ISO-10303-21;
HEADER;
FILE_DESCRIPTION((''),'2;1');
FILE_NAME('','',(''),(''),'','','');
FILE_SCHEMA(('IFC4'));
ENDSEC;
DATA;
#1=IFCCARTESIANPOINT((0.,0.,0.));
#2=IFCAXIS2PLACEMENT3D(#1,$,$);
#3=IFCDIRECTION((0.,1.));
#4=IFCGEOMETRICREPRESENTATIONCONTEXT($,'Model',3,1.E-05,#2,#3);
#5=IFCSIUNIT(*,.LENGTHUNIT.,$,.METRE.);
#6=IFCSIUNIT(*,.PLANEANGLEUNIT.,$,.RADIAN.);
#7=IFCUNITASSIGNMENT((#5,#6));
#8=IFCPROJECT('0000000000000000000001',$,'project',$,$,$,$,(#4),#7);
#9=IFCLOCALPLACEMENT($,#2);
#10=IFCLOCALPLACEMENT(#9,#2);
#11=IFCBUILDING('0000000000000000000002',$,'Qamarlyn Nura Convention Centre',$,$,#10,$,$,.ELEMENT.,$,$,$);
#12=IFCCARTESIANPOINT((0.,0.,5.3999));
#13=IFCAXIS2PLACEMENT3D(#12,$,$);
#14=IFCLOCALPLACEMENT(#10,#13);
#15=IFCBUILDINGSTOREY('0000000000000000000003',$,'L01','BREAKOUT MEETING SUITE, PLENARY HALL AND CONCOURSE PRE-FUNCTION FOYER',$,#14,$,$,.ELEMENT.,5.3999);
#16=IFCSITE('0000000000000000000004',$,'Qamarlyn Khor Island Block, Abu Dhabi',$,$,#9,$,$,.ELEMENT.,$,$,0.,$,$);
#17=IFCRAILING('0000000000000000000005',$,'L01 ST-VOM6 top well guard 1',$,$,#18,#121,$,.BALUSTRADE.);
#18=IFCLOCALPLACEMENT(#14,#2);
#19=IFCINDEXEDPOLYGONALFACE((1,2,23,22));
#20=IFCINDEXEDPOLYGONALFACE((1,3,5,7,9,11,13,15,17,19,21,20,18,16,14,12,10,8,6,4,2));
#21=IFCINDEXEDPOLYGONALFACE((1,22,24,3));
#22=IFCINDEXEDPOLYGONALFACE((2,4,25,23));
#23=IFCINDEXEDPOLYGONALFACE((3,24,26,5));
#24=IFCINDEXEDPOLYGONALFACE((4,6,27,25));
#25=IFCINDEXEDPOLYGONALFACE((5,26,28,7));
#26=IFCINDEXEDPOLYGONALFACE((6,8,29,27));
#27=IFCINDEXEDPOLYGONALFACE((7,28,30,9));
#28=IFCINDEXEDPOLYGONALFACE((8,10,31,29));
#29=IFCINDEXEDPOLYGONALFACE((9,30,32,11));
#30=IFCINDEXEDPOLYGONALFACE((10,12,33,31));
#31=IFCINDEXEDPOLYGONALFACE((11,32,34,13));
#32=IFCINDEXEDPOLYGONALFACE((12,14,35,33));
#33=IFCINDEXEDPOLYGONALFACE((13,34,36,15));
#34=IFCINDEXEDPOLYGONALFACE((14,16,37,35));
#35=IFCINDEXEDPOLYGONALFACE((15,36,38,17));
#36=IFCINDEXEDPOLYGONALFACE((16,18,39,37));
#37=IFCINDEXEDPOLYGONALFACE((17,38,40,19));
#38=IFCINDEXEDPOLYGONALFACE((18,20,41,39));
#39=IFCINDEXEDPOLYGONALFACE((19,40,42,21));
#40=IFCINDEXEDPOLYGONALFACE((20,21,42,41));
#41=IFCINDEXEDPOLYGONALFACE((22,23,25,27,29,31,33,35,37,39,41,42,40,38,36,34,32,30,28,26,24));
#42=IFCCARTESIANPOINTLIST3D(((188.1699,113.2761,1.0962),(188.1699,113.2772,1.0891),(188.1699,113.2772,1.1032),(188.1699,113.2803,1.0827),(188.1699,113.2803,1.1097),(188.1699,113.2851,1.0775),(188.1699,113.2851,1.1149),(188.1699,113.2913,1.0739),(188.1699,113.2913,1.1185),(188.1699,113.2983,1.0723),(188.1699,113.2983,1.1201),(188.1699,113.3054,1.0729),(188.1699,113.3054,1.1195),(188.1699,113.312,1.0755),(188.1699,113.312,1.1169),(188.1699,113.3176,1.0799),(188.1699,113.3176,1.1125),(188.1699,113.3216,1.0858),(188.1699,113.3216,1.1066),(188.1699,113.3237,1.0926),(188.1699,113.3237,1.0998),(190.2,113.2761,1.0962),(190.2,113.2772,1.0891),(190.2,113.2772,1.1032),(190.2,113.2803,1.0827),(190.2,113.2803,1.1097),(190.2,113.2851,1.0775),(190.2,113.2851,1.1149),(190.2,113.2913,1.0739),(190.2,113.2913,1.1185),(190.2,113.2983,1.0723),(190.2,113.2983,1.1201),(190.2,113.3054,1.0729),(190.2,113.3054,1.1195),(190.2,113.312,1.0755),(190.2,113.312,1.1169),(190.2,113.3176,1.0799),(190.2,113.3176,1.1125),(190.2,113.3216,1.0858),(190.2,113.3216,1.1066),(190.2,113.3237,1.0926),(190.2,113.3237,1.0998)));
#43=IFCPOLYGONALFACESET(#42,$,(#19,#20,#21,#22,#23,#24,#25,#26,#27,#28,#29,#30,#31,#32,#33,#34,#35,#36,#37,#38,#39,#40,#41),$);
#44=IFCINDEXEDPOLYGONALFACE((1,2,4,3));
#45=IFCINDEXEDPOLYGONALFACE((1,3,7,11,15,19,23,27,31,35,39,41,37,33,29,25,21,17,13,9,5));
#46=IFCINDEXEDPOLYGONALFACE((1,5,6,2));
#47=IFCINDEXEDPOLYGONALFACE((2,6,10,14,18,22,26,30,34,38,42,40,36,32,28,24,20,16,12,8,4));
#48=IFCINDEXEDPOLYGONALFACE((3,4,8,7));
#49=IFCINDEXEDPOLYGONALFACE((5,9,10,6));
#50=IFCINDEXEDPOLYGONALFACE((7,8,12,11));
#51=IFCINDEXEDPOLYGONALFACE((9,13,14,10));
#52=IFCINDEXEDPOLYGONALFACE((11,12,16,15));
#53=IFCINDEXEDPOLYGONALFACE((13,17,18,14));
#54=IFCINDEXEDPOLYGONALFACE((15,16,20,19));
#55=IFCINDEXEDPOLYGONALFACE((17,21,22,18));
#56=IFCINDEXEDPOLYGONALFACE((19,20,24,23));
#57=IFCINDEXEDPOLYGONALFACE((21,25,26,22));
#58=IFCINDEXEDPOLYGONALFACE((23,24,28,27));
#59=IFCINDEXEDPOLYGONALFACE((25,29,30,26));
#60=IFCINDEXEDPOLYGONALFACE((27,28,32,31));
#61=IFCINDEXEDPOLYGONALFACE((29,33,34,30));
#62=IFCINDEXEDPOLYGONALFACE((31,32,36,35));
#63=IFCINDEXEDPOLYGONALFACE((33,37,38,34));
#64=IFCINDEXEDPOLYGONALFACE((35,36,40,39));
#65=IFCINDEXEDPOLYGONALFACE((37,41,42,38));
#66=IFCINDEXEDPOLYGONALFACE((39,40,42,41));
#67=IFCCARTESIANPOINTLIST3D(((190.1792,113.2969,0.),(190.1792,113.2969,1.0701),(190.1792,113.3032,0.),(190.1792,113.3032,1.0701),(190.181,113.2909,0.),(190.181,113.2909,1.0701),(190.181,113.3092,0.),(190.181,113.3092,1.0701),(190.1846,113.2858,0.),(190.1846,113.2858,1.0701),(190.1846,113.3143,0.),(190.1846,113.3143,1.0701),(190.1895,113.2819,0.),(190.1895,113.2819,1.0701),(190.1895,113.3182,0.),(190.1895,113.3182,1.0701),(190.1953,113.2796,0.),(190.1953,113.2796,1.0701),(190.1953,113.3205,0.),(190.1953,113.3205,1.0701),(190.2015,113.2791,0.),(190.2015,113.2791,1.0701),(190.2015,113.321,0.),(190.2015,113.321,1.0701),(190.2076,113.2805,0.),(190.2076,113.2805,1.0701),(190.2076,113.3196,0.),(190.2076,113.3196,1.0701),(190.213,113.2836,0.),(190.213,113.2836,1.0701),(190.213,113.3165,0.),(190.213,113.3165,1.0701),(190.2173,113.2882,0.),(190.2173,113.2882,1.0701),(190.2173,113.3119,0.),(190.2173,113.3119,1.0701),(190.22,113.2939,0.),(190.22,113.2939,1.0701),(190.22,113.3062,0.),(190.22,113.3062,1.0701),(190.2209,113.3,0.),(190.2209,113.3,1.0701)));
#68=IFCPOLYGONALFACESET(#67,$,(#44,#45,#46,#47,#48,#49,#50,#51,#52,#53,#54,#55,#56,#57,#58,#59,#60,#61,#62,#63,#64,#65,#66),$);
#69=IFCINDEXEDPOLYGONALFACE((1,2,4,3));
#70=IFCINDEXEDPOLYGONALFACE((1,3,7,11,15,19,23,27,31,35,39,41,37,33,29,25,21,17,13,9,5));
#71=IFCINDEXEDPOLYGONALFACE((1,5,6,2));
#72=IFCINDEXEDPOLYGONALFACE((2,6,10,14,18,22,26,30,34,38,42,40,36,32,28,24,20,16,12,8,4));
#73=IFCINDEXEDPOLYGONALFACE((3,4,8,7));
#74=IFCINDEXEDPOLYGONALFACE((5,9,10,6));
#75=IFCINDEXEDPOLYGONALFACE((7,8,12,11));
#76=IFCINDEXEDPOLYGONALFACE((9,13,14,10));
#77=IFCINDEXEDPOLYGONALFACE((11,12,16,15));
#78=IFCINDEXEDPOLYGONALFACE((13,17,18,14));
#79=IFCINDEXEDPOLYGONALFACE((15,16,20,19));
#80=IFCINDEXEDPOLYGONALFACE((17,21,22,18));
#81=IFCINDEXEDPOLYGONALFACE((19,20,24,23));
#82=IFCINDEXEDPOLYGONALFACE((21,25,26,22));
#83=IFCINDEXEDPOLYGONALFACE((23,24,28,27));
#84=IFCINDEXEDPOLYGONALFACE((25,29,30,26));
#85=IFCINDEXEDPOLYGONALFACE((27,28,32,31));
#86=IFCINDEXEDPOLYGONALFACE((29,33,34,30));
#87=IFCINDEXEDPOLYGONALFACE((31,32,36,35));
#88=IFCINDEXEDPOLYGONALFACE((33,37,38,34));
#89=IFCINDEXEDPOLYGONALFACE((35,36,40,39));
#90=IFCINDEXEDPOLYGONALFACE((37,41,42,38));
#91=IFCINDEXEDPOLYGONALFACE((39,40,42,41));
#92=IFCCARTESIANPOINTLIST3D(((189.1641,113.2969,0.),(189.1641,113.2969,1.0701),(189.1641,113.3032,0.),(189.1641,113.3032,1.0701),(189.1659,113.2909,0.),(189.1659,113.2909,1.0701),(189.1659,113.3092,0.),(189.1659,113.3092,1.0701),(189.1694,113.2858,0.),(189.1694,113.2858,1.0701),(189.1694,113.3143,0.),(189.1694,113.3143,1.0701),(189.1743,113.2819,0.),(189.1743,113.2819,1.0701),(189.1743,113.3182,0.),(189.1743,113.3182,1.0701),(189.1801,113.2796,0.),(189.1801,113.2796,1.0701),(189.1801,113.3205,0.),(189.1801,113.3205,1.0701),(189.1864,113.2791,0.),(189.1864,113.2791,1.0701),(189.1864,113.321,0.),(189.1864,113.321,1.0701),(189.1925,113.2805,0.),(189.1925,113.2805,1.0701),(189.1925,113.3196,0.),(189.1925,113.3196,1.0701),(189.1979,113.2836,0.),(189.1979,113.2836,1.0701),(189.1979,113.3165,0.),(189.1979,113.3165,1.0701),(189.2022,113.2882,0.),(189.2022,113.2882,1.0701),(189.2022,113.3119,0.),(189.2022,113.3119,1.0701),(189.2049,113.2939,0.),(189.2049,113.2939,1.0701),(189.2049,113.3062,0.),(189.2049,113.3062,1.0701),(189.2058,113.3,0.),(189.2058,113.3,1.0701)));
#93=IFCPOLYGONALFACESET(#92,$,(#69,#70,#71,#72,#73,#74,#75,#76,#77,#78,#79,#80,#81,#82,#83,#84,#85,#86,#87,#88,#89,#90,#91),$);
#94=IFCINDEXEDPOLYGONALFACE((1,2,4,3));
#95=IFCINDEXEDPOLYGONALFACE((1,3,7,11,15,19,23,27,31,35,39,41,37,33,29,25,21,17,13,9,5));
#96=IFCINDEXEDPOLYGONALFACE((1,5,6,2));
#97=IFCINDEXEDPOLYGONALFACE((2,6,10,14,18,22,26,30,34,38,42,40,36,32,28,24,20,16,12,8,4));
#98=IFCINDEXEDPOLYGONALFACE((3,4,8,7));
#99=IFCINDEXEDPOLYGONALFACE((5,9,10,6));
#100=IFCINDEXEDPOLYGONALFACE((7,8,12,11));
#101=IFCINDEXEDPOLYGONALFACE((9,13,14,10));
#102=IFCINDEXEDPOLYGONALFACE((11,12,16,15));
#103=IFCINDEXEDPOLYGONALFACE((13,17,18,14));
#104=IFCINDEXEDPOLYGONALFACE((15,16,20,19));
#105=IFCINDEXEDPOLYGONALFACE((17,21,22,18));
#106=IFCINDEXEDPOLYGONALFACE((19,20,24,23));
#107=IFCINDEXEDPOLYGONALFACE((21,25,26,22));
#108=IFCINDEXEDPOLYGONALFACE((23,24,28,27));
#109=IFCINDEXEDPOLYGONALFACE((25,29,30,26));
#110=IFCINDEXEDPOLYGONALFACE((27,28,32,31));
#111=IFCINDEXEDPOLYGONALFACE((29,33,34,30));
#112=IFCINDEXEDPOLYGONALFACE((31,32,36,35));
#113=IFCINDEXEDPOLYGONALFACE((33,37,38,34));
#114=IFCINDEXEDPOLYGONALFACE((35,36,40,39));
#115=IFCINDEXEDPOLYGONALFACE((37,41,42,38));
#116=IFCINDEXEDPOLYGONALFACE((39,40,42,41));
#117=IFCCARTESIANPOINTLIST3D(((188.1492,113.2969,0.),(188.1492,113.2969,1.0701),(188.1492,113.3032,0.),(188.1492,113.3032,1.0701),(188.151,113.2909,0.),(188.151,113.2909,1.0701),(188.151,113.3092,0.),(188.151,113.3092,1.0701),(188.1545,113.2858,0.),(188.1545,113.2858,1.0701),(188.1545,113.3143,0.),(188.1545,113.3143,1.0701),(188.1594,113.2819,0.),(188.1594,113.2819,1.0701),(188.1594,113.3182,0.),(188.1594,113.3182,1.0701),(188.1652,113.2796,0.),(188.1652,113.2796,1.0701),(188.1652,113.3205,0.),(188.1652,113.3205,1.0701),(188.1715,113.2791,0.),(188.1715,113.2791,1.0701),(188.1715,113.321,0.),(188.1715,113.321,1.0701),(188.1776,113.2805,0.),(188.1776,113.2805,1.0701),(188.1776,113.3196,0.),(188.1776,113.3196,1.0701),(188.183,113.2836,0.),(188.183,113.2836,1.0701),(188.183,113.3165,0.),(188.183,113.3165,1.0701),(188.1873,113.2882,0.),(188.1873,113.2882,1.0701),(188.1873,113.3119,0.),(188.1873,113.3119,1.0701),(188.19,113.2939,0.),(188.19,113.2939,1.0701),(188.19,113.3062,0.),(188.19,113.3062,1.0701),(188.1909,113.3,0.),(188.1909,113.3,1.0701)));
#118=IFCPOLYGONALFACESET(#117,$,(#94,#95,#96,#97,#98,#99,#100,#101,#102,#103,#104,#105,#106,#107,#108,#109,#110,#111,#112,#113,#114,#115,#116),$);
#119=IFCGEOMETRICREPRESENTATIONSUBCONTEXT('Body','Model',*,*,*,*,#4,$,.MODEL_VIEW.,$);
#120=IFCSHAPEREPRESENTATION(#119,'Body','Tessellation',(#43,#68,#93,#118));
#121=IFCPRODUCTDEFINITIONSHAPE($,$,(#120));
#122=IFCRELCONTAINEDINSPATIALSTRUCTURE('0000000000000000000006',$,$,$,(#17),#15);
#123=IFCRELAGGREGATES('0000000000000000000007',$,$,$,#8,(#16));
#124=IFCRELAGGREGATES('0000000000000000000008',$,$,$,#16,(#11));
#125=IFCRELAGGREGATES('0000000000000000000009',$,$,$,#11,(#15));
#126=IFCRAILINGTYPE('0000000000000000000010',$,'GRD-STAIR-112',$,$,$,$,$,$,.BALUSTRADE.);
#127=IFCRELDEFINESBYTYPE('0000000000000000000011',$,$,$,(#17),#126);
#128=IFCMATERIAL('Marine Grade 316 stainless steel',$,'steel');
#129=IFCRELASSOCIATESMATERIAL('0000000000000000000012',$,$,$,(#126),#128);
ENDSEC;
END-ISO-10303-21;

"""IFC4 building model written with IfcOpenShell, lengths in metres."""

from ifc_helpers import new_model, si_unit, direction, frame, origin, origin_2d, place, context, subcontext, project, spatial, circle, extrude, material, type_object, element, save


model = new_model("IFC4")

# Units and contexts
model_context = context("Model", 3, precision=1e-05, world=origin(), true_north=direction((0.0, 1.0)))
body_context = subcontext(model_context, "Body", "Model", "MODEL_VIEW")
ifc_project = project(units=[si_unit("LENGTHUNIT", "METRE"), si_unit("PLANEANGLEUNIT", "RADIAN")], contexts=[model_context])

# Site, building, storey
site_placement = place(None, origin())
site = spatial("IfcSite", under=ifc_project, at=site_placement, Name="Qamarlyn Khor Island Block, Abu Dhabi", CompositionType="ELEMENT", RefElevation=0.0)
building_placement = place(site_placement, origin())
building = spatial("IfcBuilding", under=site, at=building_placement, Name="Qamarlyn Nura Convention Centre", CompositionType="ELEMENT")
storey_placement = place(building_placement, frame((0.0, 0.0, 5.3999)))
storey = spatial("IfcBuildingStorey", under=building, at=storey_placement, Name="L01", Description="BREAKOUT MEETING SUITE, PLENARY HALL AND CONCOURSE PRE-FUNCTION FOYER", CompositionType="ELEMENT", Elevation=5.3999)

# Railing
ifc_material_1 = material(Name="Marine Grade 316 stainless steel", Category="steel")
railing_type = type_object("IfcRailingType", Name="GRD-STAIR-112", PredefinedType="BALUSTRADE", material=ifc_material_1)
railing_1_placement = place(storey_placement, frame((190.2, 113.3, 0.0)))
element("IfcRailing", 1, at=railing_1_placement, inside=storey, type_object=railing_type, Name="L01 ST-VOM6 top well guard 1", PredefinedType="BALUSTRADE", context=body_context, shape_type="SweptSolid", body=[
    extrude(circle(Radius=0.0239, at=origin_2d()), frame((0.0, 0.0, 1.0962), z_axis=(-1.0, 0.0, 0.0), x_axis=(0.0, -1.0, 0.0)), (0.0, 0.0, 1.0), 2.03),
    extrude(circle(Radius=0.021, at=origin_2d()), origin(), (0.0, 0.0, 1.0), 1.0701),
    extrude(circle(Radius=0.021, at=origin_2d()), frame((-1.0151, 0.0, 0.0)), (0.0, 0.0, 1.0), 1.0701),
    extrude(circle(Radius=0.021, at=origin_2d()), frame((-2.03, 0.0, 0.0)), (0.0, 0.0, 1.0), 1.0701),
])

save(model, "model.ifc")
